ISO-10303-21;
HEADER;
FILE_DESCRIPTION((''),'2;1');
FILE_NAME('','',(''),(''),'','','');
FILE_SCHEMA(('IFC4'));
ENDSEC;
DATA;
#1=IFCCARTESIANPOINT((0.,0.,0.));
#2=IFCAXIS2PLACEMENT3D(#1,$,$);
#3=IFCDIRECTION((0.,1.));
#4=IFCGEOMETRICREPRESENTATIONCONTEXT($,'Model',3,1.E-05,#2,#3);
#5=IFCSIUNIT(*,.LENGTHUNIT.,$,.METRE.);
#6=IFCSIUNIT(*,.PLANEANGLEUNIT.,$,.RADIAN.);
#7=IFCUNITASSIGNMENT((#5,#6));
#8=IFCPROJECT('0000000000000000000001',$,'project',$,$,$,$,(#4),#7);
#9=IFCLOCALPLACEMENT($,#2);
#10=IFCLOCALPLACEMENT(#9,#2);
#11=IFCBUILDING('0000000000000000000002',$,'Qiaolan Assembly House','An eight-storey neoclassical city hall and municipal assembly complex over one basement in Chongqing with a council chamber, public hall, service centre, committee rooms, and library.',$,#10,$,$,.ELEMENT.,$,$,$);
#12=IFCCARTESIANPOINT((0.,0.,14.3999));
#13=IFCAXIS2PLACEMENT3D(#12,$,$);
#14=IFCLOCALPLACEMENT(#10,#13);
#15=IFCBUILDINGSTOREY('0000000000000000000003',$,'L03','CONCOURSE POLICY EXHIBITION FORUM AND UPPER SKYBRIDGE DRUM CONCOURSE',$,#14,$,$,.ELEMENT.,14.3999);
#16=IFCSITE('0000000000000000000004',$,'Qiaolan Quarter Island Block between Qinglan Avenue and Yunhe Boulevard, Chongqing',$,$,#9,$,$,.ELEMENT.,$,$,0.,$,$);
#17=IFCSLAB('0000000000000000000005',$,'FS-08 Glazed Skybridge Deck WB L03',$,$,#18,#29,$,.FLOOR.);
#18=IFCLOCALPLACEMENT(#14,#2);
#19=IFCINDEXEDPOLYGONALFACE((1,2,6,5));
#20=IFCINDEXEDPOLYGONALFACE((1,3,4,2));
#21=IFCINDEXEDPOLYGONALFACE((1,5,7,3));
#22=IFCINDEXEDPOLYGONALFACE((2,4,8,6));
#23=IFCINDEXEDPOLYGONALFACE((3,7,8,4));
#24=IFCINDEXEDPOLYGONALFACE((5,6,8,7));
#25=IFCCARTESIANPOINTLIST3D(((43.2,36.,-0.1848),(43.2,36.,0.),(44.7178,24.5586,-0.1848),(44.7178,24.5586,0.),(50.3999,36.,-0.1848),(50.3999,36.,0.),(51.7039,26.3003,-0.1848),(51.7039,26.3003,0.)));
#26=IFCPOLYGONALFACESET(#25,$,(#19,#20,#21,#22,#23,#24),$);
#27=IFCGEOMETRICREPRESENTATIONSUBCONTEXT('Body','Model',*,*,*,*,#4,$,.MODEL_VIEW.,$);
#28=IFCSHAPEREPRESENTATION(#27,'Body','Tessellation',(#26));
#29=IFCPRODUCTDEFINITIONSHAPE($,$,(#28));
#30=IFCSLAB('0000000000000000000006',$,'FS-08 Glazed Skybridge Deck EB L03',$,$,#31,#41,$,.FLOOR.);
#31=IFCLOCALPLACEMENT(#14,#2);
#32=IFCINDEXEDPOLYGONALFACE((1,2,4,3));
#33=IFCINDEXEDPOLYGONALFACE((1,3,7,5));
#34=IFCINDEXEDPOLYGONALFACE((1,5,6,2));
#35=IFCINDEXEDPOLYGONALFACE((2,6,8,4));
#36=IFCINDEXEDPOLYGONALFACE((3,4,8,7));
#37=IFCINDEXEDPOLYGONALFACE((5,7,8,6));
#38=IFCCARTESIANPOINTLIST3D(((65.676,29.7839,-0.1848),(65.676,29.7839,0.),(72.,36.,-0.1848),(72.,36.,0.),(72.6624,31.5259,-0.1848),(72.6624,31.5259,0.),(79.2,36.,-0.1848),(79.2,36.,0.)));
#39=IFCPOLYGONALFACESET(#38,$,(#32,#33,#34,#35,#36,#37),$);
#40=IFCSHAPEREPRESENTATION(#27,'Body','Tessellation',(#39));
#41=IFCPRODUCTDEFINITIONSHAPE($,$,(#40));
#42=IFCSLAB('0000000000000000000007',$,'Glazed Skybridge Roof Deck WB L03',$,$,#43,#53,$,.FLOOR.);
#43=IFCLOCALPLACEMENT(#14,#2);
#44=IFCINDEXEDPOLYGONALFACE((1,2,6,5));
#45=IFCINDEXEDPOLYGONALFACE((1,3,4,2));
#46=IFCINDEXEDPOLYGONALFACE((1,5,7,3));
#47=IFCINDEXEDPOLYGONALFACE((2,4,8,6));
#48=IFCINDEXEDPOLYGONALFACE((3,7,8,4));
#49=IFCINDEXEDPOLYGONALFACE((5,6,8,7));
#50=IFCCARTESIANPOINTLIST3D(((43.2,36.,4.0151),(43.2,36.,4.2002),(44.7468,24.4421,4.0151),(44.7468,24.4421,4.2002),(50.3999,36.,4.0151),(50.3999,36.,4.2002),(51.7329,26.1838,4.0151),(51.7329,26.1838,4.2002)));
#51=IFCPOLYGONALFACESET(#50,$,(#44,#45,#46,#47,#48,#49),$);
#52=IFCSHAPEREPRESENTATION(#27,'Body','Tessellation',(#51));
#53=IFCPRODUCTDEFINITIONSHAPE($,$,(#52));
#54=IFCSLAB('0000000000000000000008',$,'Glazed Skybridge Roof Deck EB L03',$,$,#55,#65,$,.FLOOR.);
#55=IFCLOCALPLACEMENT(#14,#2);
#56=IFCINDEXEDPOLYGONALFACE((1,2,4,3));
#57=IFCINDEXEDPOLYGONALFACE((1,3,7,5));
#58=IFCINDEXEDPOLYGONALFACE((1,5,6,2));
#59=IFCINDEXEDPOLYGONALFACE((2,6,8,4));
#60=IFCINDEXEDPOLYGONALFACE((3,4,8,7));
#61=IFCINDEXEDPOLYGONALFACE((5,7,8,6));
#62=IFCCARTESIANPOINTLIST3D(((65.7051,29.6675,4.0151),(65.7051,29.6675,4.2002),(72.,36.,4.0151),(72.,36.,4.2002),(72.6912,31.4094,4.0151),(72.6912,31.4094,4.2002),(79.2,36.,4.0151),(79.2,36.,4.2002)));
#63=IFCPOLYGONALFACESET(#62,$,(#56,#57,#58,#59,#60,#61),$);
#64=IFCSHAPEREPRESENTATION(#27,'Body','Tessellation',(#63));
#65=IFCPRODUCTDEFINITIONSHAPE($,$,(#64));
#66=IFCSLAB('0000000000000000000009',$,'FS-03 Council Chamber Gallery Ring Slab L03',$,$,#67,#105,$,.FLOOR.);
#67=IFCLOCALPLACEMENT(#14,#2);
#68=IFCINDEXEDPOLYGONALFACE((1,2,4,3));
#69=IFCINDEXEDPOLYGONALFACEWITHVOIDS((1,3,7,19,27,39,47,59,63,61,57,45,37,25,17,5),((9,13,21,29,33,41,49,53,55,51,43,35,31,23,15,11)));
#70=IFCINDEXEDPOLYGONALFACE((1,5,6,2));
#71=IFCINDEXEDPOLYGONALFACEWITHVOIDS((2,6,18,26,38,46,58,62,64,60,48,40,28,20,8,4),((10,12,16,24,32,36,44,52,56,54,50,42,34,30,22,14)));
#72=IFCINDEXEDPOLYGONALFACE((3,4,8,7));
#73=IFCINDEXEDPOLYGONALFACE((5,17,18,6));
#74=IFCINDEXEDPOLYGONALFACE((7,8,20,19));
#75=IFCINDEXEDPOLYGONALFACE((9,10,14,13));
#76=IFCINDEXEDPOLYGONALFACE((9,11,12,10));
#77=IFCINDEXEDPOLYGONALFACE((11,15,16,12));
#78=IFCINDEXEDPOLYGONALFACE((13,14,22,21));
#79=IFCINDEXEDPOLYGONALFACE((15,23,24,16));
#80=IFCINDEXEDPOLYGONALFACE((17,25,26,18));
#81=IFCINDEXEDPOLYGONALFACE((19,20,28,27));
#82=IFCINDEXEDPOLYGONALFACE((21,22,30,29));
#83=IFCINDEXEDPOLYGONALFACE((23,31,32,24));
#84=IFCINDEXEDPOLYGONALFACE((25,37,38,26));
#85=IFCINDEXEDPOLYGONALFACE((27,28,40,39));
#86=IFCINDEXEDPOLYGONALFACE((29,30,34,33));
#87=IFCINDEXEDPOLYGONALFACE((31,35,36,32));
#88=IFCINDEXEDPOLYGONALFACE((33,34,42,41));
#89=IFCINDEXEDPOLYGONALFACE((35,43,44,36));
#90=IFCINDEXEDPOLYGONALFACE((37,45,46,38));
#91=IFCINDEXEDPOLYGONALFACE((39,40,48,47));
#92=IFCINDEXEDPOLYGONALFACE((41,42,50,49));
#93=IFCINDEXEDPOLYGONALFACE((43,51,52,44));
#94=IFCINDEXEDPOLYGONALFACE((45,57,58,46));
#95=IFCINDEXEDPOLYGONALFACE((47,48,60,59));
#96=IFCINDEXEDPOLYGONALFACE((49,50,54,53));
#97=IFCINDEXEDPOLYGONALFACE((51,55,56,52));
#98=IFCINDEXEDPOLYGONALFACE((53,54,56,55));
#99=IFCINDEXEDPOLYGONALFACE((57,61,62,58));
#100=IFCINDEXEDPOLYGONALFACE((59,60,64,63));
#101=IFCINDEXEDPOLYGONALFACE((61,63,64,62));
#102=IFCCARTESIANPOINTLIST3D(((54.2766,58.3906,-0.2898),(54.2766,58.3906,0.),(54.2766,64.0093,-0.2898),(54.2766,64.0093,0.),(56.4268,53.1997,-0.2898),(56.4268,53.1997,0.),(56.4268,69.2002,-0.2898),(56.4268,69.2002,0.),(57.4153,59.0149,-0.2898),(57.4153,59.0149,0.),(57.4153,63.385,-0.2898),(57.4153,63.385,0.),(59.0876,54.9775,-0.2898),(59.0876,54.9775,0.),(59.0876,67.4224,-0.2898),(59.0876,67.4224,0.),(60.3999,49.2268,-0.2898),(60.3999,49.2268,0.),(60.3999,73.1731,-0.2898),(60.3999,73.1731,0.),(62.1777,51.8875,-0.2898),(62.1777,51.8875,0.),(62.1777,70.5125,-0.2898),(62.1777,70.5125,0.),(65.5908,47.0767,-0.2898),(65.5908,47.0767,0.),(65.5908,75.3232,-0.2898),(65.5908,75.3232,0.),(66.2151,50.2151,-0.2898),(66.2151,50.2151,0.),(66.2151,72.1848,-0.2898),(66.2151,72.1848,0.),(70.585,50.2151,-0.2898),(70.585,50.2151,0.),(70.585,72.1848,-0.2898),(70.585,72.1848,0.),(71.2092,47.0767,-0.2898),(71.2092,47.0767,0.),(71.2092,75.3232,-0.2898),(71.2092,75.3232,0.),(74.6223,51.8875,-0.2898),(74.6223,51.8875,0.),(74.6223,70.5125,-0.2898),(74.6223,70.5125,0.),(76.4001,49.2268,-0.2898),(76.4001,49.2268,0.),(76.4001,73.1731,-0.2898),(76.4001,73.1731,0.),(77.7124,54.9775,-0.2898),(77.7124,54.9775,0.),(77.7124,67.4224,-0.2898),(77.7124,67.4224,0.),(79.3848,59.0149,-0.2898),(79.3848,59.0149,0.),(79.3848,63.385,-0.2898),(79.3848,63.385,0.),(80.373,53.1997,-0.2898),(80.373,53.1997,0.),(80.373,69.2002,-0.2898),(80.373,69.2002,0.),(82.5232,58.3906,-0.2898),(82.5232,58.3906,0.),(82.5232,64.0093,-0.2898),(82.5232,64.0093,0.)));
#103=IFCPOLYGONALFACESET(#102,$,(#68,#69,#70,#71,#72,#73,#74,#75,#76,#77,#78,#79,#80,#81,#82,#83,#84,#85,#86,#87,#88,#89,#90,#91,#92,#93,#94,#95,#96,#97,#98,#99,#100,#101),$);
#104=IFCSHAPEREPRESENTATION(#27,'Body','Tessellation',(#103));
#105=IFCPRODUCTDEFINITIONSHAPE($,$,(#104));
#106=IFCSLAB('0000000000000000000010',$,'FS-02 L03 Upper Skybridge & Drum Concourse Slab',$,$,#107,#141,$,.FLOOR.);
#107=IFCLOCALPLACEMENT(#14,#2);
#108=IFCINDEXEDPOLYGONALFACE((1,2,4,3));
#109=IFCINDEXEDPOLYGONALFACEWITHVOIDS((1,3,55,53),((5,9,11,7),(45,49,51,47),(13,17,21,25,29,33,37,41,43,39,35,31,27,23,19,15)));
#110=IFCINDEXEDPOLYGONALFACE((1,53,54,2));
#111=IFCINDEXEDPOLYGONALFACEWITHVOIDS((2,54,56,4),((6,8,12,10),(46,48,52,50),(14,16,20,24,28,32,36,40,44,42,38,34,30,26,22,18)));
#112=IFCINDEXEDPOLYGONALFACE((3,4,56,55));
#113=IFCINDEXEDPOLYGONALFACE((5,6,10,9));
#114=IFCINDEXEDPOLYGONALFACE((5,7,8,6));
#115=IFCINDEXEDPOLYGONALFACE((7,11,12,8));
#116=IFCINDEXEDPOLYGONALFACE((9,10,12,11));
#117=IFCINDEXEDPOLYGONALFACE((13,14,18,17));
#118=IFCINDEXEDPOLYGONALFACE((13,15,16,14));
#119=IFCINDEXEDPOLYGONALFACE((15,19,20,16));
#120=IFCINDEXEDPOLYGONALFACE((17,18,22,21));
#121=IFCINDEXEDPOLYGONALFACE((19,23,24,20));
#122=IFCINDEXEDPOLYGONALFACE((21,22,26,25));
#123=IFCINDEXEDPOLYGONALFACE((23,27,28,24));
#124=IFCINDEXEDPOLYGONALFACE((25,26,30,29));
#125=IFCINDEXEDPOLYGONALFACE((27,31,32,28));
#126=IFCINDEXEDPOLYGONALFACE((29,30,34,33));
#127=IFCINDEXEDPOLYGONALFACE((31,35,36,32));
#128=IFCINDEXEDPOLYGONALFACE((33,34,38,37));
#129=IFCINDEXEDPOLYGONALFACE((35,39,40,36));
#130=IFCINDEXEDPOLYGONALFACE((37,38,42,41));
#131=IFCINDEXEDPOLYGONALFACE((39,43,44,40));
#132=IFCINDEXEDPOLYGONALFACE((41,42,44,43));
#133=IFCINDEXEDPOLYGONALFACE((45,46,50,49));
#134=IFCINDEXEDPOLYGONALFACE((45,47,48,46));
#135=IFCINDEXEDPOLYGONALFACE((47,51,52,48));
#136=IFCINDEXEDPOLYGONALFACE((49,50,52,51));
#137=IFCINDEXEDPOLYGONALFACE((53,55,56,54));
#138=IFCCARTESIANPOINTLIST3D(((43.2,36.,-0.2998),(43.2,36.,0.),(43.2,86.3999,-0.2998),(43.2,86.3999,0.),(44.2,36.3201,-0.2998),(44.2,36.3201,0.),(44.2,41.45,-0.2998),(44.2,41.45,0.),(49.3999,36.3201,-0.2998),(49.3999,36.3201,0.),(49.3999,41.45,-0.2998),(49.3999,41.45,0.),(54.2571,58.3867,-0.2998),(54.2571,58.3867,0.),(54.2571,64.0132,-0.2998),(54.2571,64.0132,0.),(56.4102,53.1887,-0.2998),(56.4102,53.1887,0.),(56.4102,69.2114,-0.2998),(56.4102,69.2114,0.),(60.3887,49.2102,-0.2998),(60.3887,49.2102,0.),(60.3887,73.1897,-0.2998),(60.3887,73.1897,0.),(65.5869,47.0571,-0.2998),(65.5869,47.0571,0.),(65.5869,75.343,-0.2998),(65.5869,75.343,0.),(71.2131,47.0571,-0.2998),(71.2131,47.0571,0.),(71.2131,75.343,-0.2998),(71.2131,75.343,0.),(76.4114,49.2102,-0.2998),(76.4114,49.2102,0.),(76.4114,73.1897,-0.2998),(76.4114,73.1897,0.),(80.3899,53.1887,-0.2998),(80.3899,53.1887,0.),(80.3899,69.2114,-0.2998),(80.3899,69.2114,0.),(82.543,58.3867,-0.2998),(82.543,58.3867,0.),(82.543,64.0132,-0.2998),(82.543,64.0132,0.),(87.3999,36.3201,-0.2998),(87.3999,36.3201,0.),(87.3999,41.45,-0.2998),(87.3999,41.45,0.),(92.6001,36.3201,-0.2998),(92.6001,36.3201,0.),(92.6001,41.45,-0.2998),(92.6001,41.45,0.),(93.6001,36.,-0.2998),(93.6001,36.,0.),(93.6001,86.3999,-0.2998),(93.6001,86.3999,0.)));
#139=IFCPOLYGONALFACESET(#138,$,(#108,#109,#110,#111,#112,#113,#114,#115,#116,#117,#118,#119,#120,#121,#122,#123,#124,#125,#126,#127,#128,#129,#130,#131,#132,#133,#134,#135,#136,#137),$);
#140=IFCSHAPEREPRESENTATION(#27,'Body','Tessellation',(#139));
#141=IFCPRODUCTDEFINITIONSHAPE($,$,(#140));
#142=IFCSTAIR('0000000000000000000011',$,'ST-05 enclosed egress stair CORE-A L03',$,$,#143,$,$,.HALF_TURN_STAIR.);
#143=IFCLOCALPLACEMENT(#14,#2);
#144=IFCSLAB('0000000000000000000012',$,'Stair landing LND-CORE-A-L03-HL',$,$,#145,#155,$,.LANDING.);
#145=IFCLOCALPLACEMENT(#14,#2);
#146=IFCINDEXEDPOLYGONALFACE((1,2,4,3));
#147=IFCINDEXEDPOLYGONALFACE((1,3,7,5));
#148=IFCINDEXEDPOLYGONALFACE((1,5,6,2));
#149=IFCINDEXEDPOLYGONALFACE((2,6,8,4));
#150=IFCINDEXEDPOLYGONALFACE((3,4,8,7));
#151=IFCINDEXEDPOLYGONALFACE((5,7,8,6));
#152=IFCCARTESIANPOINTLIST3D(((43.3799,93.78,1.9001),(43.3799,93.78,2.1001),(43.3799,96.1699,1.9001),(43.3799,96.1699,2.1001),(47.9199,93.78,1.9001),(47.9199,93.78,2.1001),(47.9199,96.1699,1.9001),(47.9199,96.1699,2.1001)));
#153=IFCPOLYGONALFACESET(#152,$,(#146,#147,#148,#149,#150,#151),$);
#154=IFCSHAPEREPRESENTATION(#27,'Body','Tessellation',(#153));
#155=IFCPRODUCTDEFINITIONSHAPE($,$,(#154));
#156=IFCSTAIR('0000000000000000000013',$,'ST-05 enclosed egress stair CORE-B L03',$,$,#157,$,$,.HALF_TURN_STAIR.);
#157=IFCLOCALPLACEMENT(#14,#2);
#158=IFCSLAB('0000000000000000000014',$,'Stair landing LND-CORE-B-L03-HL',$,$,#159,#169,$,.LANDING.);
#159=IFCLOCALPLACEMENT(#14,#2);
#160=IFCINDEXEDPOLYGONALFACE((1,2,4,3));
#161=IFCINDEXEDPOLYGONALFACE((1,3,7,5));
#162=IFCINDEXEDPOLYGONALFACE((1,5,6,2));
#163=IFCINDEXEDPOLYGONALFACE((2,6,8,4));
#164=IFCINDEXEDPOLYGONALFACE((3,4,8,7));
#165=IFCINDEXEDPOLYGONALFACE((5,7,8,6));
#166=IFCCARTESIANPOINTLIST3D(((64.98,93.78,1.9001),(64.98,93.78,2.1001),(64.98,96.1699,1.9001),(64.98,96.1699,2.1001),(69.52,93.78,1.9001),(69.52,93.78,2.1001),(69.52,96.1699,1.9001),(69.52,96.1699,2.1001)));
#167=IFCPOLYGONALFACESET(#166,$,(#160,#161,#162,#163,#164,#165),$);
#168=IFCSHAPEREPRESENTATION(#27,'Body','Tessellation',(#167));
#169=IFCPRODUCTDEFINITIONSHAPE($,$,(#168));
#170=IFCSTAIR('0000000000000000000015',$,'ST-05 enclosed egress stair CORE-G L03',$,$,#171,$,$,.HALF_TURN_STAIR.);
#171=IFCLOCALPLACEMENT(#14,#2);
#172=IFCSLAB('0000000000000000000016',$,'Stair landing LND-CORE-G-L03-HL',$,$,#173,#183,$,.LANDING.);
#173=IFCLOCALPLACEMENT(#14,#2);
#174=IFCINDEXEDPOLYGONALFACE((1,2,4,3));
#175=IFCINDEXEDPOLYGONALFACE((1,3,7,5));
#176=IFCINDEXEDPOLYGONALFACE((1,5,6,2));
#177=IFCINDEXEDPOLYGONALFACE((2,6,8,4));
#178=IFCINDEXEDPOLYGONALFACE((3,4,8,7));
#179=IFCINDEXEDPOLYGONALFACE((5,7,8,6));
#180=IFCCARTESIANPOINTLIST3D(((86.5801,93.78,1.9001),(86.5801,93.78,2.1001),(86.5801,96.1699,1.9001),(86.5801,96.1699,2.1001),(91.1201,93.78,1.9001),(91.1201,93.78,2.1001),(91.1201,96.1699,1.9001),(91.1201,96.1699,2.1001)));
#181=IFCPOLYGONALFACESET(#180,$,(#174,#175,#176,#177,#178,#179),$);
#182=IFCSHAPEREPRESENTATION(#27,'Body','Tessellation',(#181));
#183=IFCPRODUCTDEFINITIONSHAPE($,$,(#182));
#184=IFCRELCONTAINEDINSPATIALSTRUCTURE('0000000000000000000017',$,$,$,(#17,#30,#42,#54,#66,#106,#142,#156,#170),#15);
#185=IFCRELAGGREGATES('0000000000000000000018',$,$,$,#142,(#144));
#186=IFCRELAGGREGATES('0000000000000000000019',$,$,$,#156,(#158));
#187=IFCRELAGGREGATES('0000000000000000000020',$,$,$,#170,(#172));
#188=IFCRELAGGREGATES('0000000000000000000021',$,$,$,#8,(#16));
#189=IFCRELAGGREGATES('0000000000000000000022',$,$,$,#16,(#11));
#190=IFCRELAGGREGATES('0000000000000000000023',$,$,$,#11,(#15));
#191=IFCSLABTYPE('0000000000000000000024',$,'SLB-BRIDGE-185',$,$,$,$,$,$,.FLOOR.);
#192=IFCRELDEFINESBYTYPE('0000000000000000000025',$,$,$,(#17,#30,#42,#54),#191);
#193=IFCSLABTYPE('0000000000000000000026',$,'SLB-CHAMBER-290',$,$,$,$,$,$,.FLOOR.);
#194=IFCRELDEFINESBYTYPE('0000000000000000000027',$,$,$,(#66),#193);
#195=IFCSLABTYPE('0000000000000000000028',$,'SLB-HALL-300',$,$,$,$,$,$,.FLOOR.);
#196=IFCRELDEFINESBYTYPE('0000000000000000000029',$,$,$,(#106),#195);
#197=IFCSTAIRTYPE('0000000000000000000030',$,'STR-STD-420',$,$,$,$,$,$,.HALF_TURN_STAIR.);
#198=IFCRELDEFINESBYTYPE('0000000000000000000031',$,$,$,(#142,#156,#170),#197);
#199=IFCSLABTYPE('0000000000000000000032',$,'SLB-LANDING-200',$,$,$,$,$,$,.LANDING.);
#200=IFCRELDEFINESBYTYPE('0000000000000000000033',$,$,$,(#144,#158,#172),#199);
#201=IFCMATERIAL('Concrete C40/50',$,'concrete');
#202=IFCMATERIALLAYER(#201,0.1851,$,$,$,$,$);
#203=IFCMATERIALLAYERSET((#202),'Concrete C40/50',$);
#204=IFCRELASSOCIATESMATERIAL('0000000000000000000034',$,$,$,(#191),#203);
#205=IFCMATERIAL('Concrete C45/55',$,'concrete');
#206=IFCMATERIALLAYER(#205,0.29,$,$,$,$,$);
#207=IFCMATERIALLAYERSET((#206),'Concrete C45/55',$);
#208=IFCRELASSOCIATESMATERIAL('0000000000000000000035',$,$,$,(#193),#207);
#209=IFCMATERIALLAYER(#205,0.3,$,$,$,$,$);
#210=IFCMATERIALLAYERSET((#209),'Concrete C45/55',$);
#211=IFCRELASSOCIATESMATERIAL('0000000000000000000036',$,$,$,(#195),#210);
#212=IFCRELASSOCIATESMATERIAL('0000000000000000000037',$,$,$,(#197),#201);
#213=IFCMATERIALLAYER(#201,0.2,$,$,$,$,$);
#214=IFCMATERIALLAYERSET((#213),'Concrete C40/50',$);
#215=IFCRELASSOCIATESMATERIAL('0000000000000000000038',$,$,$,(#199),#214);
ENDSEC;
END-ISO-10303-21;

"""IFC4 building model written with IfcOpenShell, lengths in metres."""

from ifc_helpers import new_model, si_unit, direction, frame, origin, place, context, subcontext, project, spatial, polyline, outline, extrude, material, layer, layer_set, type_object, element, aggregate, save


model = new_model("IFC4")

# Units and contexts
model_context = context("Model", 3, precision=1e-05, world=origin(), true_north=direction((0.0, 1.0)))
body_context = subcontext(model_context, "Body", "Model", "MODEL_VIEW")
ifc_project = project(units=[si_unit("LENGTHUNIT", "METRE"), si_unit("PLANEANGLEUNIT", "RADIAN")], contexts=[model_context])

# Site, building, storey
site_placement = place(None, origin())
site = spatial("IfcSite", under=ifc_project, at=site_placement, Name="Qiaolan Quarter Island Block between Qinglan Avenue and Yunhe Boulevard, Chongqing", CompositionType="ELEMENT", RefElevation=0.0)
building_placement = place(site_placement, origin())
building = spatial("IfcBuilding", under=site, at=building_placement, Name="Qiaolan Assembly House", Description="An eight-storey neoclassical city hall and municipal assembly complex over one basement in Chongqing with a council chamber, public hall, service centre, committee rooms, and library.", CompositionType="ELEMENT")
storey_placement = place(building_placement, frame((0.0, 0.0, 14.3999)))
storey = spatial("IfcBuildingStorey", under=building, at=storey_placement, Name="L03", Description="CONCOURSE POLICY EXHIBITION FORUM AND UPPER SKYBRIDGE DRUM CONCOURSE", CompositionType="ELEMENT", Elevation=14.3999)

# Slabs
ifc_material_1 = material(Name="Concrete C40/50", Category="concrete")
ifc_layer_1 = layer(ifc_material_1, 0.1851)
ifc_layer_set_1 = layer_set([ifc_layer_1], Name="Concrete C40/50")
slab_type_1 = type_object("IfcSlabType", Name="SLB-BRIDGE-185", PredefinedType="FLOOR", material=ifc_layer_set_1)
slab_1_placement = place(storey_placement, frame((0.0, 0.0, -0.1848)))
element("IfcSlab", 1, at=slab_1_placement, inside=storey, type_object=slab_type_1, Name="FS-08 Glazed Skybridge Deck WB L03", PredefinedType="FLOOR", context=body_context, shape_type="SweptSolid", body=[
    extrude(outline(polyline([(44.7178, 24.5586), (51.7039, 26.3003), (50.3999, 36.0), (43.2, 36.0), (44.7178, 24.5586)])), origin(), (0.0, 0.0, 1.0), 0.1848),
])
slab_2_placement = place(storey_placement, frame((0.0, 0.0, -0.1848)))
element("IfcSlab", 2, at=slab_2_placement, inside=storey, type_object=slab_type_1, Name="FS-08 Glazed Skybridge Deck EB L03", PredefinedType="FLOOR", context=body_context, shape_type="SweptSolid", body=[
    extrude(outline(polyline([(65.676, 29.7839), (72.6624, 31.5259), (79.2, 36.0), (72.0, 36.0), (65.676, 29.7839)])), origin(), (0.0, 0.0, 1.0), 0.1848),
])
slab_3_placement = place(storey_placement, frame((0.0, 0.0, 4.0151)))
element("IfcSlab", 3, at=slab_3_placement, inside=storey, type_object=slab_type_1, Name="Glazed Skybridge Roof Deck WB L03", PredefinedType="FLOOR", context=body_context, shape_type="SweptSolid", body=[
    extrude(outline(polyline([(44.7468, 24.4421), (51.7329, 26.1838), (50.3999, 36.0), (43.2, 36.0), (44.7468, 24.4421)])), origin(), (0.0, 0.0, 1.0), 0.1851),
])
slab_4_placement = place(storey_placement, frame((0.0, 0.0, 4.0151)))
element("IfcSlab", 4, at=slab_4_placement, inside=storey, type_object=slab_type_1, Name="Glazed Skybridge Roof Deck EB L03", PredefinedType="FLOOR", context=body_context, shape_type="SweptSolid", body=[
    extrude(outline(polyline([(65.7051, 29.6675), (72.6912, 31.4094), (79.2, 36.0), (72.0, 36.0), (65.7051, 29.6675)])), origin(), (0.0, 0.0, 1.0), 0.1851),
])
ifc_material_2 = material(Name="Concrete C45/55", Category="concrete")
ifc_layer_2 = layer(ifc_material_2, 0.29)
ifc_layer_set_2 = layer_set([ifc_layer_2], Name="Concrete C45/55")
slab_type_2 = type_object("IfcSlabType", Name="SLB-CHAMBER-290", PredefinedType="FLOOR", material=ifc_layer_set_2)
slab_5_placement = place(storey_placement, frame((0.0, 0.0, -0.2898)))
element("IfcSlab", 5, at=slab_5_placement, inside=storey, type_object=slab_type_2, Name="FS-03 Council Chamber Gallery Ring Slab L03", PredefinedType="FLOOR", context=body_context, shape_type="SweptSolid", body=[
    extrude(outline(polyline([(82.5232, 64.0093), (80.373, 69.2002), (76.4001, 73.1731), (71.2092, 75.3232), (65.5908, 75.3232), (60.3999, 73.1731), (56.4268, 69.2002), (54.2766, 64.0093), (54.2766, 58.3906), (56.4268, 53.1997), (60.3999, 49.2268), (65.5908, 47.0767), (71.2092, 47.0767), (76.4001, 49.2268), (80.373, 53.1997), (82.5232, 58.3906), (82.5232, 64.0093)]), holes=[polyline([(79.3848, 59.0149), (77.7124, 54.9775), (74.6223, 51.8875), (70.585, 50.2151), (66.2151, 50.2151), (62.1777, 51.8875), (59.0876, 54.9775), (57.4153, 59.0149), (57.4153, 63.385), (59.0876, 67.4224), (62.1777, 70.5125), (66.2151, 72.1848), (70.585, 72.1848), (74.6223, 70.5125), (77.7124, 67.4224), (79.3848, 63.385), (79.3848, 59.0149)])]), origin(), (0.0, 0.0, 1.0), 0.2898),
])
ifc_layer_3 = layer(ifc_material_2, 0.3)
ifc_layer_set_3 = layer_set([ifc_layer_3], Name="Concrete C45/55")
slab_type_3 = type_object("IfcSlabType", Name="SLB-HALL-300", PredefinedType="FLOOR", material=ifc_layer_set_3)
slab_6_placement = place(storey_placement, frame((0.0, 0.0, -0.2998)))
element("IfcSlab", 6, at=slab_6_placement, inside=storey, type_object=slab_type_3, Name="FS-02 L03 Upper Skybridge & Drum Concourse Slab", PredefinedType="FLOOR", context=body_context, shape_type="SweptSolid", body=[
    extrude(outline(polyline([(43.2, 36.0), (93.6001, 36.0), (93.6001, 86.3999), (43.2, 86.3999), (43.2, 36.0)]), holes=[polyline([(82.543, 58.3867), (80.3899, 53.1887), (76.4114, 49.2102), (71.2131, 47.0571), (65.5869, 47.0571), (60.3887, 49.2102), (56.4102, 53.1887), (54.2571, 58.3867), (54.2571, 64.0132), (56.4102, 69.2114), (60.3887, 73.1897), (65.5869, 75.343), (71.2131, 75.343), (76.4114, 73.1897), (80.3899, 69.2114), (82.543, 64.0132), (82.543, 58.3867)]), polyline([(44.2, 36.3201), (44.2, 41.45), (49.3999, 41.45), (49.3999, 36.3201), (44.2, 36.3201)]), polyline([(87.3999, 36.3201), (87.3999, 41.45), (92.6001, 41.45), (92.6001, 36.3201), (87.3999, 36.3201)])]), origin(), (0.0, 0.0, 1.0), 0.2998),
])

# Stairs, slabs
stair_type = type_object("IfcStairType", Name="STR-STD-420", PredefinedType="HALF_TURN_STAIR", material=ifc_material_1)
stair_1_placement = place(storey_placement, origin())
stair_1 = element("IfcStair", 7, at=stair_1_placement, inside=storey, type_object=stair_type, Name="ST-05 enclosed egress stair CORE-A L03", PredefinedType="HALF_TURN_STAIR")
ifc_layer_4 = layer(ifc_material_1, 0.2)
ifc_layer_set_4 = layer_set([ifc_layer_4], Name="Concrete C40/50")
slab_type_4 = type_object("IfcSlabType", Name="SLB-LANDING-200", PredefinedType="LANDING", material=ifc_layer_set_4)
slab_7_placement = place(storey_placement, frame((0.0, 0.0, 1.9001)))
slab_7 = element("IfcSlab", 8, at=slab_7_placement, type_object=slab_type_4, Name="Stair landing LND-CORE-A-L03-HL", PredefinedType="LANDING", context=body_context, shape_type="SweptSolid", body=[
    extrude(outline(polyline([(43.3799, 93.78), (43.3799, 96.1699), (47.9199, 96.1699), (47.9199, 93.78), (43.3799, 93.78)])), origin(), (0.0, 0.0, 1.0), 0.2),
])
aggregate(stair_1, [slab_7])
stair_2_placement = place(storey_placement, origin())
stair_2 = element("IfcStair", 9, at=stair_2_placement, inside=storey, type_object=stair_type, Name="ST-05 enclosed egress stair CORE-B L03", PredefinedType="HALF_TURN_STAIR")
slab_8_placement = place(storey_placement, frame((0.0, 0.0, 1.9001)))
slab_8 = element("IfcSlab", 10, at=slab_8_placement, type_object=slab_type_4, Name="Stair landing LND-CORE-B-L03-HL", PredefinedType="LANDING", context=body_context, shape_type="SweptSolid", body=[
    extrude(outline(polyline([(64.98, 93.78), (64.98, 96.1699), (69.52, 96.1699), (69.52, 93.78), (64.98, 93.78)])), origin(), (0.0, 0.0, 1.0), 0.2),
])
aggregate(stair_2, [slab_8])
stair_3_placement = place(storey_placement, origin())
stair_3 = element("IfcStair", 11, at=stair_3_placement, inside=storey, type_object=stair_type, Name="ST-05 enclosed egress stair CORE-G L03", PredefinedType="HALF_TURN_STAIR")
slab_9_placement = place(storey_placement, frame((0.0, 0.0, 1.9001)))
slab_9 = element("IfcSlab", 12, at=slab_9_placement, type_object=slab_type_4, Name="Stair landing LND-CORE-G-L03-HL", PredefinedType="LANDING", context=body_context, shape_type="SweptSolid", body=[
    extrude(outline(polyline([(86.5801, 93.78), (86.5801, 96.1699), (91.1201, 96.1699), (91.1201, 93.78), (86.5801, 93.78)])), origin(), (0.0, 0.0, 1.0), 0.2),
])
aggregate(stair_3, [slab_9])

save(model, "model.ifc")
